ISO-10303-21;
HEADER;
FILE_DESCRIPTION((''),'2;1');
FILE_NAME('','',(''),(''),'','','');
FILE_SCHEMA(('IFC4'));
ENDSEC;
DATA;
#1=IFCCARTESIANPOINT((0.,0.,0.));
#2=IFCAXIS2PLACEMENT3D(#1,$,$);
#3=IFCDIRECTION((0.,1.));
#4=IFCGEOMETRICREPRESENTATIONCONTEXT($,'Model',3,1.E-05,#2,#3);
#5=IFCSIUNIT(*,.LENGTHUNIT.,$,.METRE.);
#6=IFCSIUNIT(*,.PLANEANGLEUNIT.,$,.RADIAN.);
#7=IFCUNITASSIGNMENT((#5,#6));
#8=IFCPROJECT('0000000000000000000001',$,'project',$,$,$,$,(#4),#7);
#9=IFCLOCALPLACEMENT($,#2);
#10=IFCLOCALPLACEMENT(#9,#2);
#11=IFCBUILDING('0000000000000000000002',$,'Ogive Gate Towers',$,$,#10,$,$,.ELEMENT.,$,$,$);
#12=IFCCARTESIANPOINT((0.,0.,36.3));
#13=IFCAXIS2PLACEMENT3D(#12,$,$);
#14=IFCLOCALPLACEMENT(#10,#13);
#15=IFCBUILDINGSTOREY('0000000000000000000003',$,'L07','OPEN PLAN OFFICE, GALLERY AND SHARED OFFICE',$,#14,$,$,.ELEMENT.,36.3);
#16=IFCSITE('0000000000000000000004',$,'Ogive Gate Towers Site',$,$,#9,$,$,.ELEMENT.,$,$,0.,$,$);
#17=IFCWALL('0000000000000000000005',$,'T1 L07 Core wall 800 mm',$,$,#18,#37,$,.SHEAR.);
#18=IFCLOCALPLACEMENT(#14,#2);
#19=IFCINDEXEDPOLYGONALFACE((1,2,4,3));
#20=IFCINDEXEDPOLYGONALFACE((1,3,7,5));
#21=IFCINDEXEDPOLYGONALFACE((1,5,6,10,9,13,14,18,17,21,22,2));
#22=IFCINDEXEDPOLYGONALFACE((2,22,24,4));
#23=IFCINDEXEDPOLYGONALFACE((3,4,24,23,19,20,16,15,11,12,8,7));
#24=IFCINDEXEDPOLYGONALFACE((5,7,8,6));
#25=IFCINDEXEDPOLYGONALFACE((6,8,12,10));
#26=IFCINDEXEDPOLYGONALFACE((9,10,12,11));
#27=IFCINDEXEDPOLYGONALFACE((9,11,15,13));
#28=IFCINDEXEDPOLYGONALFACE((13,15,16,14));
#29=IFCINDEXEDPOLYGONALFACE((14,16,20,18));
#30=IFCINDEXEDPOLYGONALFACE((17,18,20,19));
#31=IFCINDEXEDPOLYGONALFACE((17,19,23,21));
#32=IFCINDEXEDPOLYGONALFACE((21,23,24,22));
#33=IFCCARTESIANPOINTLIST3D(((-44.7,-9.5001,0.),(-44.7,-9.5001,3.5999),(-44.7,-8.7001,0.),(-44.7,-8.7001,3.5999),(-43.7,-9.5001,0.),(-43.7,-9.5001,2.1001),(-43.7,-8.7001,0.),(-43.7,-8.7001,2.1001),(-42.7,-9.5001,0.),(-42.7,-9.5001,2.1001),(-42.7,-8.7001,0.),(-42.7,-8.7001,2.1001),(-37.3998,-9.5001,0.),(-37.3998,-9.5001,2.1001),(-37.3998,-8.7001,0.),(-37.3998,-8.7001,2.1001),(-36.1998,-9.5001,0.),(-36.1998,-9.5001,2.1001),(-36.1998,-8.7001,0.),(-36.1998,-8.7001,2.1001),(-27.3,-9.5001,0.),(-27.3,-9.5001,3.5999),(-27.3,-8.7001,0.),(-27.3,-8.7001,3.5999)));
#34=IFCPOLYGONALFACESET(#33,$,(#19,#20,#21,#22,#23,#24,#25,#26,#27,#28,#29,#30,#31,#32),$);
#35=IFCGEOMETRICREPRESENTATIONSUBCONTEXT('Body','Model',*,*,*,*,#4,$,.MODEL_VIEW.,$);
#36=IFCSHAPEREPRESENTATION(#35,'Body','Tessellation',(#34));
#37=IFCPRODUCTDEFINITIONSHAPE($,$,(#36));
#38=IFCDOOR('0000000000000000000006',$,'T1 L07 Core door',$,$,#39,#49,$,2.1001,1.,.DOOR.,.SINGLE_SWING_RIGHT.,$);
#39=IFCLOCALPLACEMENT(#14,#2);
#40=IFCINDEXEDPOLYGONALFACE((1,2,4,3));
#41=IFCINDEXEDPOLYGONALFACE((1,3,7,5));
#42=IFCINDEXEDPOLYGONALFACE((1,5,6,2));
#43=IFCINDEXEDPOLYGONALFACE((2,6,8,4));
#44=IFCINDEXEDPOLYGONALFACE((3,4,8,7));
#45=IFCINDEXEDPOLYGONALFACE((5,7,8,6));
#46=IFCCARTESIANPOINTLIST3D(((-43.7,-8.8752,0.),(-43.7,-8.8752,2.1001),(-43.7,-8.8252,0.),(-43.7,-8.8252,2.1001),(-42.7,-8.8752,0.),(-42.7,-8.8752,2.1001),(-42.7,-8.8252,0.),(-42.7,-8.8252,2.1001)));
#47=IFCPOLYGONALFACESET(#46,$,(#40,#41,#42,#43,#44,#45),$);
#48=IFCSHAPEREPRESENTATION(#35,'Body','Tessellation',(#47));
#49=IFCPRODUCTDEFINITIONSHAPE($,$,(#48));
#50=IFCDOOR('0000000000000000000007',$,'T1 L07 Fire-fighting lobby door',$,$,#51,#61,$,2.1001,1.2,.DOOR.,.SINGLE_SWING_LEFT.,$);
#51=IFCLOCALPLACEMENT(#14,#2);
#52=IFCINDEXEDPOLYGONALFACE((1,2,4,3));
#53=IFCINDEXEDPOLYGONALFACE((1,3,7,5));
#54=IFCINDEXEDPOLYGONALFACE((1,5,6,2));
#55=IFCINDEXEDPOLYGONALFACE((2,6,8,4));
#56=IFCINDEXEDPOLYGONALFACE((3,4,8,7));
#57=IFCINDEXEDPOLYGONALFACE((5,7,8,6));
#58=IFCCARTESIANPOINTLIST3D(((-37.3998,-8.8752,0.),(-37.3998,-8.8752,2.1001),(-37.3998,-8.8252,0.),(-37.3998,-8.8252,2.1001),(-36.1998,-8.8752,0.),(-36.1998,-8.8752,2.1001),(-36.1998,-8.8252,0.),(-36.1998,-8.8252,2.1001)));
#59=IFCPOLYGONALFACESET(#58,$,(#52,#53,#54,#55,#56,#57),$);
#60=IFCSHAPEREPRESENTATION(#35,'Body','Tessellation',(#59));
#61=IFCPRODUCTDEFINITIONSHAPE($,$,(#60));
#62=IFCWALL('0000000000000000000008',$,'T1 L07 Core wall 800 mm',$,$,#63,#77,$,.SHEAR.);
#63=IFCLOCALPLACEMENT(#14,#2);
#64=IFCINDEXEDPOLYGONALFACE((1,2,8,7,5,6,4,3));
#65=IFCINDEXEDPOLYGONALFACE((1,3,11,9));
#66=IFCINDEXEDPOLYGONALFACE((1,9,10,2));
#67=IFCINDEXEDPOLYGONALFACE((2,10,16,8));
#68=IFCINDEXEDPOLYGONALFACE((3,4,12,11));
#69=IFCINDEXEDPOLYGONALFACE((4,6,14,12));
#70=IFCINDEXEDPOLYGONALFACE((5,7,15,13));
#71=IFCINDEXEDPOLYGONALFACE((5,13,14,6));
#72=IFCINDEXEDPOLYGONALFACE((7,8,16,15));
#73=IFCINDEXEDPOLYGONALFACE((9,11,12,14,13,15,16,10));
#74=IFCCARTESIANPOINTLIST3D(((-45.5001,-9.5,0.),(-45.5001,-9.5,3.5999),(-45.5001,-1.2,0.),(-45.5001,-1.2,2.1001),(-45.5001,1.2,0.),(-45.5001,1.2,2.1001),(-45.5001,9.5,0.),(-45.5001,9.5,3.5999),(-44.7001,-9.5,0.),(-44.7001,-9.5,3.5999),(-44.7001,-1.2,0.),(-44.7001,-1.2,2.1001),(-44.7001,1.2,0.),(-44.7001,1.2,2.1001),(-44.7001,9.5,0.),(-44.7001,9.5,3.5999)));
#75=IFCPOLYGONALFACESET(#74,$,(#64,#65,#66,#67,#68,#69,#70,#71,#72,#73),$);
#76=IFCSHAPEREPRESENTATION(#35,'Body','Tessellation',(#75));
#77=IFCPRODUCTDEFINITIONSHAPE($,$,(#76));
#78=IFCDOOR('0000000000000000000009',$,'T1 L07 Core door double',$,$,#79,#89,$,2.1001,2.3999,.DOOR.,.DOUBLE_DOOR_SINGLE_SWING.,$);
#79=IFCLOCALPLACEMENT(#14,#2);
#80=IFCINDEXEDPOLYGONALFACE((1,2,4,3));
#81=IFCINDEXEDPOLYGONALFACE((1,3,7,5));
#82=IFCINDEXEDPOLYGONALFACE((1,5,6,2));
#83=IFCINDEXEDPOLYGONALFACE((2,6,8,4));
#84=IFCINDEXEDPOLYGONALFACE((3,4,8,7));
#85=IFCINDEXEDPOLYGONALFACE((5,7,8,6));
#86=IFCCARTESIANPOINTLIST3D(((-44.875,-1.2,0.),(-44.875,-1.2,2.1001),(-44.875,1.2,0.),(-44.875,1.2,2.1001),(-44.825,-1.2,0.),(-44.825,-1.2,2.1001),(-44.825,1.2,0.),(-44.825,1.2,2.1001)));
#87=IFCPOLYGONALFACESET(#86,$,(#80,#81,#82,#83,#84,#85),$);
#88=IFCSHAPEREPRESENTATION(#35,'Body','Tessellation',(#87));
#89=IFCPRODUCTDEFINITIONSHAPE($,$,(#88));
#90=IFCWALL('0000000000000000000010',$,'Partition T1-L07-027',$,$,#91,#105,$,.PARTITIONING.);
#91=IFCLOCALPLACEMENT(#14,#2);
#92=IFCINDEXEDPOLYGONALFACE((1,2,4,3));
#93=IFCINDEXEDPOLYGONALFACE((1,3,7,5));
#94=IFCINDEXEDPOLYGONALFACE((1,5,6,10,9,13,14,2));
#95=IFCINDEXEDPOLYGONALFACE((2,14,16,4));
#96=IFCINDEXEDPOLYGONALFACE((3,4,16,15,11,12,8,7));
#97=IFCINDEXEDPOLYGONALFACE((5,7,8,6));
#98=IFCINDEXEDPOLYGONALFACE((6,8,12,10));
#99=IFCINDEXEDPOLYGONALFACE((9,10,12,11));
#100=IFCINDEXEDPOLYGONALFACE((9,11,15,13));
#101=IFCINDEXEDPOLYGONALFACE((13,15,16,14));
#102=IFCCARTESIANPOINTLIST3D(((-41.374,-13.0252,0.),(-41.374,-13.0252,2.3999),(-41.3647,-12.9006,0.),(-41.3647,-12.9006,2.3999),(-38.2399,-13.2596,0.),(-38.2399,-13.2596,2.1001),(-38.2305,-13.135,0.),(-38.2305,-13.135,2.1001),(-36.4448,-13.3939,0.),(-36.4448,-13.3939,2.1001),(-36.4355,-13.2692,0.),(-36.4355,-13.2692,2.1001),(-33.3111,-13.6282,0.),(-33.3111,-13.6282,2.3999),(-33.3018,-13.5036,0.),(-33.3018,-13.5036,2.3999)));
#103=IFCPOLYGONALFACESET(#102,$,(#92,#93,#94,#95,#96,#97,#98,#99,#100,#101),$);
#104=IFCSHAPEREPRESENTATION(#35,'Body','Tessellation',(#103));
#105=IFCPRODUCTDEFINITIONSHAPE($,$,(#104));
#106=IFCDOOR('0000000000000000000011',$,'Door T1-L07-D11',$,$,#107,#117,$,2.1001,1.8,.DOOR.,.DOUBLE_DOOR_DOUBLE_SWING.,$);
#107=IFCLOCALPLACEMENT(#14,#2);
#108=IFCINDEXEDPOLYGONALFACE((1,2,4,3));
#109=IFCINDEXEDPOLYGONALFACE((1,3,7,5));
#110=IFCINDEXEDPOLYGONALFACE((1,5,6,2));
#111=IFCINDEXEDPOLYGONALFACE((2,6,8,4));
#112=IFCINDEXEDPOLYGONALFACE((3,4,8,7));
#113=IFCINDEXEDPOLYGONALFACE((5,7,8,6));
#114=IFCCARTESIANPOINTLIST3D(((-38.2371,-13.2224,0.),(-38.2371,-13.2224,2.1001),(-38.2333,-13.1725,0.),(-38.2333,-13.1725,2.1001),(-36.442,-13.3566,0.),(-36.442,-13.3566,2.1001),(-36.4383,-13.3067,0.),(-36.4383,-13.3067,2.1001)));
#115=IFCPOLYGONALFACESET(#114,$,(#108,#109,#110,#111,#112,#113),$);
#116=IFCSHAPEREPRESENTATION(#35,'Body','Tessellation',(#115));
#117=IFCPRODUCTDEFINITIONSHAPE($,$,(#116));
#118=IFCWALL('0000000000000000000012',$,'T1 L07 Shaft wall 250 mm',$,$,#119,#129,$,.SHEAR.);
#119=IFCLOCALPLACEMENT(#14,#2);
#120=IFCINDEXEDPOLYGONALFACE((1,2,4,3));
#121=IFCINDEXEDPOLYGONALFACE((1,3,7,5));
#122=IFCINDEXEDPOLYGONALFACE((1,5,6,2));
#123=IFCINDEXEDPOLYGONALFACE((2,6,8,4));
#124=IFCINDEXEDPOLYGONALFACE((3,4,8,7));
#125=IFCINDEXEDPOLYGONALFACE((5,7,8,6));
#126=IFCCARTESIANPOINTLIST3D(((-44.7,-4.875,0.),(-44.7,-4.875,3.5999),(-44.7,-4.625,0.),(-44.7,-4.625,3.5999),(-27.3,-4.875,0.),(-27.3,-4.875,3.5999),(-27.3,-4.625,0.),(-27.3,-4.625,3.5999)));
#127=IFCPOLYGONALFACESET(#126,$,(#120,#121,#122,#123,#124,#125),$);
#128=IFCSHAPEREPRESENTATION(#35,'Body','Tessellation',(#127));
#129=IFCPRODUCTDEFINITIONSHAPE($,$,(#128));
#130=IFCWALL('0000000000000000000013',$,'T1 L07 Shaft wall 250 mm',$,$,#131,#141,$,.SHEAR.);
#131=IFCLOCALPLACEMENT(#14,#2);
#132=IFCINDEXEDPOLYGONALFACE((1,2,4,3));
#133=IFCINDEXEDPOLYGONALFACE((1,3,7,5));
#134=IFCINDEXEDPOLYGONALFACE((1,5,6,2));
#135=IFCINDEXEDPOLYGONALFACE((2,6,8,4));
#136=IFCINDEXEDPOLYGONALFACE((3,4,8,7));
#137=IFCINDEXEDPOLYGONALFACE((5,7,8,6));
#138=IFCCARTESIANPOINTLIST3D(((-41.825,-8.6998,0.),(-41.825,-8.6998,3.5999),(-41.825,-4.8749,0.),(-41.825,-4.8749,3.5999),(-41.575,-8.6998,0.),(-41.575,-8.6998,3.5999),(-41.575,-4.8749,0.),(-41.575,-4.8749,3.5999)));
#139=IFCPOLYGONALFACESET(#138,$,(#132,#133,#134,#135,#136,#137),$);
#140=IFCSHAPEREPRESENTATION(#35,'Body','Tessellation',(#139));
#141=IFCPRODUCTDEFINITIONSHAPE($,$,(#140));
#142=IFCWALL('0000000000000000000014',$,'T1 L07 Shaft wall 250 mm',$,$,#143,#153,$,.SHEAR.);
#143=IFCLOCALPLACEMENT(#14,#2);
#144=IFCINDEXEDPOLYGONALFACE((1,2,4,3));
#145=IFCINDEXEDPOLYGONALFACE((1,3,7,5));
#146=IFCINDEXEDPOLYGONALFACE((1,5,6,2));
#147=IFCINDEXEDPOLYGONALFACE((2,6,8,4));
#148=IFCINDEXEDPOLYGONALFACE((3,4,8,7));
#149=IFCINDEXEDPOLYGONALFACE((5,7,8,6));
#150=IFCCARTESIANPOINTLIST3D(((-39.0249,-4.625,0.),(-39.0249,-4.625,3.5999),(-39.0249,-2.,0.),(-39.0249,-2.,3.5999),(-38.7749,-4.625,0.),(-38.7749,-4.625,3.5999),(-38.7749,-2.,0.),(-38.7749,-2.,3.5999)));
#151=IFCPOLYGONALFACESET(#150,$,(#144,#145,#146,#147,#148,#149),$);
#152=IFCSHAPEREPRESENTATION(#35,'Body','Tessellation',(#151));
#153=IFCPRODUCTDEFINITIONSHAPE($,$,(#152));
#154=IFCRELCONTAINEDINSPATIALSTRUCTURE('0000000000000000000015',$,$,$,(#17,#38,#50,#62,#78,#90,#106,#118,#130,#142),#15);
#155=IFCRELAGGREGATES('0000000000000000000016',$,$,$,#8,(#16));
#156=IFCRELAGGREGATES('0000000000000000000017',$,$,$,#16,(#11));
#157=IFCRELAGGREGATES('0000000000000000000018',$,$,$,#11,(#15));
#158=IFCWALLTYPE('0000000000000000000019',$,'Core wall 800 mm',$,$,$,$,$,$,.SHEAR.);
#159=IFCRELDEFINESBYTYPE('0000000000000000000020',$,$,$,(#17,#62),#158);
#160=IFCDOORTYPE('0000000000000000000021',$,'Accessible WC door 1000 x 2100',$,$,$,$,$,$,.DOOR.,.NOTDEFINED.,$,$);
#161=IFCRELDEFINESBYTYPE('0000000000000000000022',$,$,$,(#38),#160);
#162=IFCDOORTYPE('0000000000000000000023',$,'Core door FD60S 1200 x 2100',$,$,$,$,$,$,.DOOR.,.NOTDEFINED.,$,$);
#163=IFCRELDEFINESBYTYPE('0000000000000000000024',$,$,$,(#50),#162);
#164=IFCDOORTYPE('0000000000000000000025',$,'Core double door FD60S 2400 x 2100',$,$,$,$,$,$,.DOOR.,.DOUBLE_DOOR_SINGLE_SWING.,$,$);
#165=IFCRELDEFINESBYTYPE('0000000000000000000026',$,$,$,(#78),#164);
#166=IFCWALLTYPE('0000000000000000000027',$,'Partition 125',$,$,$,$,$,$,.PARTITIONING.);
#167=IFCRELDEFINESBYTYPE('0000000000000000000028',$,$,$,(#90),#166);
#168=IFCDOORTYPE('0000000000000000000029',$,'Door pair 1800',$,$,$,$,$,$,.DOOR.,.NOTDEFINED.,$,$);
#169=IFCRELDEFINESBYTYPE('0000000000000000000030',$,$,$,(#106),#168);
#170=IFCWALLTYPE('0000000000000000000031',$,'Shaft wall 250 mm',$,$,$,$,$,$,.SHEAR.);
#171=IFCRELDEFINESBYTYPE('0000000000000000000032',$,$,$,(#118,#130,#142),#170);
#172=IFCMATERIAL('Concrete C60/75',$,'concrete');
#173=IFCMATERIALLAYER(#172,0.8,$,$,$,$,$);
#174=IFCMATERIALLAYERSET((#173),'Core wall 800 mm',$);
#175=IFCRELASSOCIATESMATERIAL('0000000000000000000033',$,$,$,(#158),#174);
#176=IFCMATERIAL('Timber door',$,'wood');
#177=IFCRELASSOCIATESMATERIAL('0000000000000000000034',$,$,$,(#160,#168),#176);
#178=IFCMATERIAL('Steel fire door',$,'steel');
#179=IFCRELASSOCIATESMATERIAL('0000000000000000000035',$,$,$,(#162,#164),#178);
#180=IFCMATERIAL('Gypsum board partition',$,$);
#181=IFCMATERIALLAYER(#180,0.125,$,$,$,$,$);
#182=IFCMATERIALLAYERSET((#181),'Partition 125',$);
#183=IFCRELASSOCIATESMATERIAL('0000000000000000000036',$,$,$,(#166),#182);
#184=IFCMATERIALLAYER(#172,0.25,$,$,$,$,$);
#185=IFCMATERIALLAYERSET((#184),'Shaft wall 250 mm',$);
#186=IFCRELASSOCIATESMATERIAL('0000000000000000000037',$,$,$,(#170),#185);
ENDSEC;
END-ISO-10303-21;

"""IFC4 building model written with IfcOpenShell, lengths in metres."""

from ifc_helpers import new_model, si_unit, direction, frame, frame_2d, origin, place, context, subcontext, project, spatial, rectangle, extrude, material, layer, layer_set, type_object, element, fill, save


model = new_model("IFC4")

# Units and contexts
model_context = context("Model", 3, precision=1e-05, world=origin(), true_north=direction((0.0, 1.0)))
body_context = subcontext(model_context, "Body", "Model", "MODEL_VIEW")
ifc_project = project(units=[si_unit("LENGTHUNIT", "METRE"), si_unit("PLANEANGLEUNIT", "RADIAN")], contexts=[model_context])

# Site, building, storey
site_placement = place(None, origin())
site = spatial("IfcSite", under=ifc_project, at=site_placement, Name="Ogive Gate Towers Site", CompositionType="ELEMENT", RefElevation=0.0)
building_placement = place(site_placement, origin())
building = spatial("IfcBuilding", under=site, at=building_placement, Name="Ogive Gate Towers", CompositionType="ELEMENT")
storey_placement = place(building_placement, frame((0.0, 0.0, 36.3)))
storey = spatial("IfcBuildingStorey", under=building, at=storey_placement, Name="L07", Description="OPEN PLAN OFFICE, GALLERY AND SHARED OFFICE", CompositionType="ELEMENT", Elevation=36.3)

# Shared definitions
ifc_material_1 = material(Name="Timber door", Category="wood")

# Wall, openings, doors
ifc_material_2 = material(Name="Concrete C60/75", Category="concrete")
ifc_layer_1 = layer(ifc_material_2, 0.8)
ifc_layer_set_1 = layer_set([ifc_layer_1], Name="Core wall 800 mm")
wall_type_1 = type_object("IfcWallType", Name="Core wall 800 mm", PredefinedType="SHEAR", material=ifc_layer_set_1)
wall_1_placement = place(storey_placement, frame((-44.7, -9.1001, 0.0), z_axis=(0.0, 0.0, 1.0), x_axis=(1.0, 0.0, 0.0)))
wall_1 = element("IfcWall", 1, at=wall_1_placement, inside=storey, type_object=wall_type_1, Name="T1 L07 Core wall 800 mm", PredefinedType="SHEAR", context=body_context, shape_type="SweptSolid", body=[
    extrude(rectangle(XDim=17.3999, YDim=0.8, at=frame_2d((8.7, 0.0))), origin(), (0.0, 0.0, 1.0), 3.5999),
])
opening_1_placement = place(wall_1_placement, frame((7.3, 0.0, 0.0)))
opening_1 = element("IfcOpeningElement", 2, at=opening_1_placement, cuts=wall_1, PredefinedType="OPENING", context=body_context, shape_type="SweptSolid", body=[
    extrude(rectangle(XDim=1.2, YDim=2.1001, at=frame_2d((0.6001, 1.05))), frame((0.0, 0.4102, 0.0), z_axis=(0.0, -1.0, 0.0), x_axis=(1.0, 0.0, 0.0)), (0.0, 0.0, 1.0), 0.8201),
])
opening_2_placement = place(wall_1_placement, frame((1.0, 0.0, 0.0)))
opening_2 = element("IfcOpeningElement", 3, at=opening_2_placement, cuts=wall_1, PredefinedType="OPENING", context=body_context, shape_type="SweptSolid", body=[
    extrude(rectangle(XDim=1.0, YDim=2.1001, at=frame_2d((0.5, 1.05))), frame((0.0, 0.4102, 0.0), z_axis=(0.0, -1.0, 0.0), x_axis=(1.0, 0.0, 0.0)), (0.0, 0.0, 1.0), 0.8201),
])
door_type_1 = type_object("IfcDoorType", Name="Accessible WC door 1000 x 2100", OperationType="NOTDEFINED", PredefinedType="DOOR", material=ifc_material_1)
door_1_placement = place(opening_2_placement, origin())
door_1 = element("IfcDoor", 4, at=door_1_placement, inside=storey, type_object=door_type_1, Name="T1 L07 Core door", OperationType="SINGLE_SWING_RIGHT", OverallHeight=2.1001, OverallWidth=1.0, PredefinedType="DOOR", context=body_context, shape_type="SweptSolid", body=[
    extrude(rectangle(XDim=1.0, YDim=2.1001, at=frame_2d((0.5, 1.05))), frame((0.0, 0.2749, 0.0), z_axis=(0.0, -1.0, 0.0), x_axis=(1.0, 0.0, 0.0)), (0.0, 0.0, 1.0), 0.05),
])
fill(opening_2, door_1)
ifc_material_3 = material(Name="Steel fire door", Category="steel")
door_type_2 = type_object("IfcDoorType", Name="Core door FD60S 1200 x 2100", OperationType="NOTDEFINED", PredefinedType="DOOR", material=ifc_material_3)
door_2_placement = place(opening_1_placement, origin())
door_2 = element("IfcDoor", 5, at=door_2_placement, inside=storey, type_object=door_type_2, Name="T1 L07 Fire-fighting lobby door", OperationType="SINGLE_SWING_LEFT", OverallHeight=2.1001, OverallWidth=1.2, PredefinedType="DOOR", context=body_context, shape_type="SweptSolid", body=[
    extrude(rectangle(XDim=1.2, YDim=2.1001, at=frame_2d((0.6001, 1.05))), frame((0.0, 0.2749, 0.0), z_axis=(0.0, -1.0, 0.0), x_axis=(1.0, 0.0, 0.0)), (0.0, 0.0, 1.0), 0.05),
])
fill(opening_1, door_2)

# Walls, openings, doors
wall_2_placement = place(storey_placement, frame((-45.1001, -9.5, 0.0), z_axis=(0.0, 0.0, 1.0), x_axis=(0.0, 1.0, 0.0)))
wall_2 = element("IfcWall", 6, at=wall_2_placement, inside=storey, type_object=wall_type_1, Name="T1 L07 Core wall 800 mm", PredefinedType="SHEAR", context=body_context, shape_type="SweptSolid", body=[
    extrude(rectangle(XDim=19.0, YDim=0.8, at=frame_2d((9.5, 0.0))), origin(), (0.0, 0.0, 1.0), 3.5999),
])
opening_3_placement = place(wall_2_placement, frame((8.3, 0.0, 0.0)))
opening_3 = element("IfcOpeningElement", 7, at=opening_3_placement, cuts=wall_2, PredefinedType="OPENING", context=body_context, shape_type="SweptSolid", body=[
    extrude(rectangle(XDim=2.3999, YDim=2.1001, at=frame_2d((1.2, 1.05))), frame((0.0, 0.4102, 0.0), z_axis=(0.0, -1.0, 0.0), x_axis=(1.0, 0.0, 0.0)), (0.0, 0.0, 1.0), 0.8201),
])
door_type_3 = type_object("IfcDoorType", Name="Core double door FD60S 2400 x 2100", OperationType="DOUBLE_DOOR_SINGLE_SWING", PredefinedType="DOOR", material=ifc_material_3)
door_3_placement = place(opening_3_placement, origin())
door_3 = element("IfcDoor", 8, at=door_3_placement, inside=storey, type_object=door_type_3, Name="T1 L07 Core door double", OperationType="DOUBLE_DOOR_SINGLE_SWING", OverallHeight=2.1001, OverallWidth=2.3999, PredefinedType="DOOR", context=body_context, shape_type="SweptSolid", body=[
    extrude(rectangle(XDim=2.3999, YDim=2.1001, at=frame_2d((1.2, 1.05))), frame((0.0, -0.2251, 0.0), z_axis=(0.0, -1.0, 0.0), x_axis=(1.0, 0.0, 0.0)), (0.0, 0.0, 1.0), 0.05),
])
fill(opening_3, door_3)
ifc_material_4 = material(Name="Gypsum board partition")
ifc_layer_2 = layer(ifc_material_4, 0.125)
ifc_layer_set_2 = layer_set([ifc_layer_2], Name="Partition 125")
wall_type_2 = type_object("IfcWallType", Name="Partition 125", PredefinedType="PARTITIONING", material=ifc_layer_set_2)
wall_3_placement = place(storey_placement, frame((-41.3694, -12.9629, 0.0), z_axis=(0.0, 0.0, 1.0), x_axis=(0.997215, -0.074581, 0.0)))
wall_3 = element("IfcWall", 9, at=wall_3_placement, inside=storey, type_object=wall_type_2, Name="Partition T1-L07-027", PredefinedType="PARTITIONING", context=body_context, shape_type="SweptSolid", body=[
    extrude(rectangle(XDim=8.0854, YDim=0.125, at=frame_2d((4.0427, 0.0))), origin(), (0.0, 0.0, 1.0), 2.3999),
])
opening_4_placement = place(wall_3_placement, frame((3.1431, 0.0, 0.0)))
opening_4 = element("IfcOpeningElement", 10, at=opening_4_placement, cuts=wall_3, PredefinedType="OPENING", context=body_context, shape_type="SweptSolid", body=[
    extrude(rectangle(XDim=1.8, YDim=2.1001, at=frame_2d((0.8999, 1.05))), frame((0.0, 0.0725, 0.0), z_axis=(0.0, -1.0, 0.0), x_axis=(1.0, 0.0, 0.0)), (0.0, 0.0, 1.0), 0.145),
])
door_type_4 = type_object("IfcDoorType", Name="Door pair 1800", OperationType="NOTDEFINED", PredefinedType="DOOR", material=ifc_material_1)
door_4_placement = place(opening_4_placement, origin())
door_4 = element("IfcDoor", 11, at=door_4_placement, inside=storey, type_object=door_type_4, Name="Door T1-L07-D11", OperationType="DOUBLE_DOOR_DOUBLE_SWING", OverallHeight=2.1001, OverallWidth=1.8, PredefinedType="DOOR", context=body_context, shape_type="SweptSolid", body=[
    extrude(rectangle(XDim=1.8, YDim=2.1001, at=frame_2d((0.8999, 1.05))), frame((0.0, 0.0249, 0.0), z_axis=(0.0, -1.0, 0.0), x_axis=(1.0, 0.0, 0.0)), (0.0, 0.0, 1.0), 0.05),
])
fill(opening_4, door_4)

# Walls
ifc_layer_3 = layer(ifc_material_2, 0.25)
ifc_layer_set_3 = layer_set([ifc_layer_3], Name="Shaft wall 250 mm")
wall_type_3 = type_object("IfcWallType", Name="Shaft wall 250 mm", PredefinedType="SHEAR", material=ifc_layer_set_3)
wall_4_placement = place(storey_placement, frame((-44.7, -4.75, 0.0), z_axis=(0.0, 0.0, 1.0), x_axis=(1.0, 0.0, 0.0)))
element("IfcWall", 12, at=wall_4_placement, inside=storey, type_object=wall_type_3, Name="T1 L07 Shaft wall 250 mm", PredefinedType="SHEAR", context=body_context, shape_type="SweptSolid", body=[
    extrude(rectangle(XDim=17.3999, YDim=0.25, at=frame_2d((8.7, 0.0))), origin(), (0.0, 0.0, 1.0), 3.5999),
])
wall_5_placement = place(storey_placement, frame((-41.7, -8.7, 0.0), z_axis=(0.0, 0.0, 1.0), x_axis=(0.0, 1.0, 0.0)))
element("IfcWall", 13, at=wall_5_placement, inside=storey, type_object=wall_type_3, Name="T1 L07 Shaft wall 250 mm", PredefinedType="SHEAR", context=body_context, shape_type="SweptSolid", body=[
    extrude(rectangle(XDim=3.825, YDim=0.25, at=frame_2d((1.9126, 0.0))), origin(), (0.0, 0.0, 1.0), 3.5999),
])
wall_6_placement = place(storey_placement, frame((-38.8999, -4.625, 0.0), z_axis=(0.0, 0.0, 1.0), x_axis=(0.0, 1.0, 0.0)))
element("IfcWall", 14, at=wall_6_placement, inside=storey, type_object=wall_type_3, Name="T1 L07 Shaft wall 250 mm", PredefinedType="SHEAR", context=body_context, shape_type="SweptSolid", body=[
    extrude(rectangle(XDim=2.625, YDim=0.25, at=frame_2d((1.3125, 0.0))), origin(), (0.0, 0.0, 1.0), 3.5999),
])

save(model, "model.ifc")
